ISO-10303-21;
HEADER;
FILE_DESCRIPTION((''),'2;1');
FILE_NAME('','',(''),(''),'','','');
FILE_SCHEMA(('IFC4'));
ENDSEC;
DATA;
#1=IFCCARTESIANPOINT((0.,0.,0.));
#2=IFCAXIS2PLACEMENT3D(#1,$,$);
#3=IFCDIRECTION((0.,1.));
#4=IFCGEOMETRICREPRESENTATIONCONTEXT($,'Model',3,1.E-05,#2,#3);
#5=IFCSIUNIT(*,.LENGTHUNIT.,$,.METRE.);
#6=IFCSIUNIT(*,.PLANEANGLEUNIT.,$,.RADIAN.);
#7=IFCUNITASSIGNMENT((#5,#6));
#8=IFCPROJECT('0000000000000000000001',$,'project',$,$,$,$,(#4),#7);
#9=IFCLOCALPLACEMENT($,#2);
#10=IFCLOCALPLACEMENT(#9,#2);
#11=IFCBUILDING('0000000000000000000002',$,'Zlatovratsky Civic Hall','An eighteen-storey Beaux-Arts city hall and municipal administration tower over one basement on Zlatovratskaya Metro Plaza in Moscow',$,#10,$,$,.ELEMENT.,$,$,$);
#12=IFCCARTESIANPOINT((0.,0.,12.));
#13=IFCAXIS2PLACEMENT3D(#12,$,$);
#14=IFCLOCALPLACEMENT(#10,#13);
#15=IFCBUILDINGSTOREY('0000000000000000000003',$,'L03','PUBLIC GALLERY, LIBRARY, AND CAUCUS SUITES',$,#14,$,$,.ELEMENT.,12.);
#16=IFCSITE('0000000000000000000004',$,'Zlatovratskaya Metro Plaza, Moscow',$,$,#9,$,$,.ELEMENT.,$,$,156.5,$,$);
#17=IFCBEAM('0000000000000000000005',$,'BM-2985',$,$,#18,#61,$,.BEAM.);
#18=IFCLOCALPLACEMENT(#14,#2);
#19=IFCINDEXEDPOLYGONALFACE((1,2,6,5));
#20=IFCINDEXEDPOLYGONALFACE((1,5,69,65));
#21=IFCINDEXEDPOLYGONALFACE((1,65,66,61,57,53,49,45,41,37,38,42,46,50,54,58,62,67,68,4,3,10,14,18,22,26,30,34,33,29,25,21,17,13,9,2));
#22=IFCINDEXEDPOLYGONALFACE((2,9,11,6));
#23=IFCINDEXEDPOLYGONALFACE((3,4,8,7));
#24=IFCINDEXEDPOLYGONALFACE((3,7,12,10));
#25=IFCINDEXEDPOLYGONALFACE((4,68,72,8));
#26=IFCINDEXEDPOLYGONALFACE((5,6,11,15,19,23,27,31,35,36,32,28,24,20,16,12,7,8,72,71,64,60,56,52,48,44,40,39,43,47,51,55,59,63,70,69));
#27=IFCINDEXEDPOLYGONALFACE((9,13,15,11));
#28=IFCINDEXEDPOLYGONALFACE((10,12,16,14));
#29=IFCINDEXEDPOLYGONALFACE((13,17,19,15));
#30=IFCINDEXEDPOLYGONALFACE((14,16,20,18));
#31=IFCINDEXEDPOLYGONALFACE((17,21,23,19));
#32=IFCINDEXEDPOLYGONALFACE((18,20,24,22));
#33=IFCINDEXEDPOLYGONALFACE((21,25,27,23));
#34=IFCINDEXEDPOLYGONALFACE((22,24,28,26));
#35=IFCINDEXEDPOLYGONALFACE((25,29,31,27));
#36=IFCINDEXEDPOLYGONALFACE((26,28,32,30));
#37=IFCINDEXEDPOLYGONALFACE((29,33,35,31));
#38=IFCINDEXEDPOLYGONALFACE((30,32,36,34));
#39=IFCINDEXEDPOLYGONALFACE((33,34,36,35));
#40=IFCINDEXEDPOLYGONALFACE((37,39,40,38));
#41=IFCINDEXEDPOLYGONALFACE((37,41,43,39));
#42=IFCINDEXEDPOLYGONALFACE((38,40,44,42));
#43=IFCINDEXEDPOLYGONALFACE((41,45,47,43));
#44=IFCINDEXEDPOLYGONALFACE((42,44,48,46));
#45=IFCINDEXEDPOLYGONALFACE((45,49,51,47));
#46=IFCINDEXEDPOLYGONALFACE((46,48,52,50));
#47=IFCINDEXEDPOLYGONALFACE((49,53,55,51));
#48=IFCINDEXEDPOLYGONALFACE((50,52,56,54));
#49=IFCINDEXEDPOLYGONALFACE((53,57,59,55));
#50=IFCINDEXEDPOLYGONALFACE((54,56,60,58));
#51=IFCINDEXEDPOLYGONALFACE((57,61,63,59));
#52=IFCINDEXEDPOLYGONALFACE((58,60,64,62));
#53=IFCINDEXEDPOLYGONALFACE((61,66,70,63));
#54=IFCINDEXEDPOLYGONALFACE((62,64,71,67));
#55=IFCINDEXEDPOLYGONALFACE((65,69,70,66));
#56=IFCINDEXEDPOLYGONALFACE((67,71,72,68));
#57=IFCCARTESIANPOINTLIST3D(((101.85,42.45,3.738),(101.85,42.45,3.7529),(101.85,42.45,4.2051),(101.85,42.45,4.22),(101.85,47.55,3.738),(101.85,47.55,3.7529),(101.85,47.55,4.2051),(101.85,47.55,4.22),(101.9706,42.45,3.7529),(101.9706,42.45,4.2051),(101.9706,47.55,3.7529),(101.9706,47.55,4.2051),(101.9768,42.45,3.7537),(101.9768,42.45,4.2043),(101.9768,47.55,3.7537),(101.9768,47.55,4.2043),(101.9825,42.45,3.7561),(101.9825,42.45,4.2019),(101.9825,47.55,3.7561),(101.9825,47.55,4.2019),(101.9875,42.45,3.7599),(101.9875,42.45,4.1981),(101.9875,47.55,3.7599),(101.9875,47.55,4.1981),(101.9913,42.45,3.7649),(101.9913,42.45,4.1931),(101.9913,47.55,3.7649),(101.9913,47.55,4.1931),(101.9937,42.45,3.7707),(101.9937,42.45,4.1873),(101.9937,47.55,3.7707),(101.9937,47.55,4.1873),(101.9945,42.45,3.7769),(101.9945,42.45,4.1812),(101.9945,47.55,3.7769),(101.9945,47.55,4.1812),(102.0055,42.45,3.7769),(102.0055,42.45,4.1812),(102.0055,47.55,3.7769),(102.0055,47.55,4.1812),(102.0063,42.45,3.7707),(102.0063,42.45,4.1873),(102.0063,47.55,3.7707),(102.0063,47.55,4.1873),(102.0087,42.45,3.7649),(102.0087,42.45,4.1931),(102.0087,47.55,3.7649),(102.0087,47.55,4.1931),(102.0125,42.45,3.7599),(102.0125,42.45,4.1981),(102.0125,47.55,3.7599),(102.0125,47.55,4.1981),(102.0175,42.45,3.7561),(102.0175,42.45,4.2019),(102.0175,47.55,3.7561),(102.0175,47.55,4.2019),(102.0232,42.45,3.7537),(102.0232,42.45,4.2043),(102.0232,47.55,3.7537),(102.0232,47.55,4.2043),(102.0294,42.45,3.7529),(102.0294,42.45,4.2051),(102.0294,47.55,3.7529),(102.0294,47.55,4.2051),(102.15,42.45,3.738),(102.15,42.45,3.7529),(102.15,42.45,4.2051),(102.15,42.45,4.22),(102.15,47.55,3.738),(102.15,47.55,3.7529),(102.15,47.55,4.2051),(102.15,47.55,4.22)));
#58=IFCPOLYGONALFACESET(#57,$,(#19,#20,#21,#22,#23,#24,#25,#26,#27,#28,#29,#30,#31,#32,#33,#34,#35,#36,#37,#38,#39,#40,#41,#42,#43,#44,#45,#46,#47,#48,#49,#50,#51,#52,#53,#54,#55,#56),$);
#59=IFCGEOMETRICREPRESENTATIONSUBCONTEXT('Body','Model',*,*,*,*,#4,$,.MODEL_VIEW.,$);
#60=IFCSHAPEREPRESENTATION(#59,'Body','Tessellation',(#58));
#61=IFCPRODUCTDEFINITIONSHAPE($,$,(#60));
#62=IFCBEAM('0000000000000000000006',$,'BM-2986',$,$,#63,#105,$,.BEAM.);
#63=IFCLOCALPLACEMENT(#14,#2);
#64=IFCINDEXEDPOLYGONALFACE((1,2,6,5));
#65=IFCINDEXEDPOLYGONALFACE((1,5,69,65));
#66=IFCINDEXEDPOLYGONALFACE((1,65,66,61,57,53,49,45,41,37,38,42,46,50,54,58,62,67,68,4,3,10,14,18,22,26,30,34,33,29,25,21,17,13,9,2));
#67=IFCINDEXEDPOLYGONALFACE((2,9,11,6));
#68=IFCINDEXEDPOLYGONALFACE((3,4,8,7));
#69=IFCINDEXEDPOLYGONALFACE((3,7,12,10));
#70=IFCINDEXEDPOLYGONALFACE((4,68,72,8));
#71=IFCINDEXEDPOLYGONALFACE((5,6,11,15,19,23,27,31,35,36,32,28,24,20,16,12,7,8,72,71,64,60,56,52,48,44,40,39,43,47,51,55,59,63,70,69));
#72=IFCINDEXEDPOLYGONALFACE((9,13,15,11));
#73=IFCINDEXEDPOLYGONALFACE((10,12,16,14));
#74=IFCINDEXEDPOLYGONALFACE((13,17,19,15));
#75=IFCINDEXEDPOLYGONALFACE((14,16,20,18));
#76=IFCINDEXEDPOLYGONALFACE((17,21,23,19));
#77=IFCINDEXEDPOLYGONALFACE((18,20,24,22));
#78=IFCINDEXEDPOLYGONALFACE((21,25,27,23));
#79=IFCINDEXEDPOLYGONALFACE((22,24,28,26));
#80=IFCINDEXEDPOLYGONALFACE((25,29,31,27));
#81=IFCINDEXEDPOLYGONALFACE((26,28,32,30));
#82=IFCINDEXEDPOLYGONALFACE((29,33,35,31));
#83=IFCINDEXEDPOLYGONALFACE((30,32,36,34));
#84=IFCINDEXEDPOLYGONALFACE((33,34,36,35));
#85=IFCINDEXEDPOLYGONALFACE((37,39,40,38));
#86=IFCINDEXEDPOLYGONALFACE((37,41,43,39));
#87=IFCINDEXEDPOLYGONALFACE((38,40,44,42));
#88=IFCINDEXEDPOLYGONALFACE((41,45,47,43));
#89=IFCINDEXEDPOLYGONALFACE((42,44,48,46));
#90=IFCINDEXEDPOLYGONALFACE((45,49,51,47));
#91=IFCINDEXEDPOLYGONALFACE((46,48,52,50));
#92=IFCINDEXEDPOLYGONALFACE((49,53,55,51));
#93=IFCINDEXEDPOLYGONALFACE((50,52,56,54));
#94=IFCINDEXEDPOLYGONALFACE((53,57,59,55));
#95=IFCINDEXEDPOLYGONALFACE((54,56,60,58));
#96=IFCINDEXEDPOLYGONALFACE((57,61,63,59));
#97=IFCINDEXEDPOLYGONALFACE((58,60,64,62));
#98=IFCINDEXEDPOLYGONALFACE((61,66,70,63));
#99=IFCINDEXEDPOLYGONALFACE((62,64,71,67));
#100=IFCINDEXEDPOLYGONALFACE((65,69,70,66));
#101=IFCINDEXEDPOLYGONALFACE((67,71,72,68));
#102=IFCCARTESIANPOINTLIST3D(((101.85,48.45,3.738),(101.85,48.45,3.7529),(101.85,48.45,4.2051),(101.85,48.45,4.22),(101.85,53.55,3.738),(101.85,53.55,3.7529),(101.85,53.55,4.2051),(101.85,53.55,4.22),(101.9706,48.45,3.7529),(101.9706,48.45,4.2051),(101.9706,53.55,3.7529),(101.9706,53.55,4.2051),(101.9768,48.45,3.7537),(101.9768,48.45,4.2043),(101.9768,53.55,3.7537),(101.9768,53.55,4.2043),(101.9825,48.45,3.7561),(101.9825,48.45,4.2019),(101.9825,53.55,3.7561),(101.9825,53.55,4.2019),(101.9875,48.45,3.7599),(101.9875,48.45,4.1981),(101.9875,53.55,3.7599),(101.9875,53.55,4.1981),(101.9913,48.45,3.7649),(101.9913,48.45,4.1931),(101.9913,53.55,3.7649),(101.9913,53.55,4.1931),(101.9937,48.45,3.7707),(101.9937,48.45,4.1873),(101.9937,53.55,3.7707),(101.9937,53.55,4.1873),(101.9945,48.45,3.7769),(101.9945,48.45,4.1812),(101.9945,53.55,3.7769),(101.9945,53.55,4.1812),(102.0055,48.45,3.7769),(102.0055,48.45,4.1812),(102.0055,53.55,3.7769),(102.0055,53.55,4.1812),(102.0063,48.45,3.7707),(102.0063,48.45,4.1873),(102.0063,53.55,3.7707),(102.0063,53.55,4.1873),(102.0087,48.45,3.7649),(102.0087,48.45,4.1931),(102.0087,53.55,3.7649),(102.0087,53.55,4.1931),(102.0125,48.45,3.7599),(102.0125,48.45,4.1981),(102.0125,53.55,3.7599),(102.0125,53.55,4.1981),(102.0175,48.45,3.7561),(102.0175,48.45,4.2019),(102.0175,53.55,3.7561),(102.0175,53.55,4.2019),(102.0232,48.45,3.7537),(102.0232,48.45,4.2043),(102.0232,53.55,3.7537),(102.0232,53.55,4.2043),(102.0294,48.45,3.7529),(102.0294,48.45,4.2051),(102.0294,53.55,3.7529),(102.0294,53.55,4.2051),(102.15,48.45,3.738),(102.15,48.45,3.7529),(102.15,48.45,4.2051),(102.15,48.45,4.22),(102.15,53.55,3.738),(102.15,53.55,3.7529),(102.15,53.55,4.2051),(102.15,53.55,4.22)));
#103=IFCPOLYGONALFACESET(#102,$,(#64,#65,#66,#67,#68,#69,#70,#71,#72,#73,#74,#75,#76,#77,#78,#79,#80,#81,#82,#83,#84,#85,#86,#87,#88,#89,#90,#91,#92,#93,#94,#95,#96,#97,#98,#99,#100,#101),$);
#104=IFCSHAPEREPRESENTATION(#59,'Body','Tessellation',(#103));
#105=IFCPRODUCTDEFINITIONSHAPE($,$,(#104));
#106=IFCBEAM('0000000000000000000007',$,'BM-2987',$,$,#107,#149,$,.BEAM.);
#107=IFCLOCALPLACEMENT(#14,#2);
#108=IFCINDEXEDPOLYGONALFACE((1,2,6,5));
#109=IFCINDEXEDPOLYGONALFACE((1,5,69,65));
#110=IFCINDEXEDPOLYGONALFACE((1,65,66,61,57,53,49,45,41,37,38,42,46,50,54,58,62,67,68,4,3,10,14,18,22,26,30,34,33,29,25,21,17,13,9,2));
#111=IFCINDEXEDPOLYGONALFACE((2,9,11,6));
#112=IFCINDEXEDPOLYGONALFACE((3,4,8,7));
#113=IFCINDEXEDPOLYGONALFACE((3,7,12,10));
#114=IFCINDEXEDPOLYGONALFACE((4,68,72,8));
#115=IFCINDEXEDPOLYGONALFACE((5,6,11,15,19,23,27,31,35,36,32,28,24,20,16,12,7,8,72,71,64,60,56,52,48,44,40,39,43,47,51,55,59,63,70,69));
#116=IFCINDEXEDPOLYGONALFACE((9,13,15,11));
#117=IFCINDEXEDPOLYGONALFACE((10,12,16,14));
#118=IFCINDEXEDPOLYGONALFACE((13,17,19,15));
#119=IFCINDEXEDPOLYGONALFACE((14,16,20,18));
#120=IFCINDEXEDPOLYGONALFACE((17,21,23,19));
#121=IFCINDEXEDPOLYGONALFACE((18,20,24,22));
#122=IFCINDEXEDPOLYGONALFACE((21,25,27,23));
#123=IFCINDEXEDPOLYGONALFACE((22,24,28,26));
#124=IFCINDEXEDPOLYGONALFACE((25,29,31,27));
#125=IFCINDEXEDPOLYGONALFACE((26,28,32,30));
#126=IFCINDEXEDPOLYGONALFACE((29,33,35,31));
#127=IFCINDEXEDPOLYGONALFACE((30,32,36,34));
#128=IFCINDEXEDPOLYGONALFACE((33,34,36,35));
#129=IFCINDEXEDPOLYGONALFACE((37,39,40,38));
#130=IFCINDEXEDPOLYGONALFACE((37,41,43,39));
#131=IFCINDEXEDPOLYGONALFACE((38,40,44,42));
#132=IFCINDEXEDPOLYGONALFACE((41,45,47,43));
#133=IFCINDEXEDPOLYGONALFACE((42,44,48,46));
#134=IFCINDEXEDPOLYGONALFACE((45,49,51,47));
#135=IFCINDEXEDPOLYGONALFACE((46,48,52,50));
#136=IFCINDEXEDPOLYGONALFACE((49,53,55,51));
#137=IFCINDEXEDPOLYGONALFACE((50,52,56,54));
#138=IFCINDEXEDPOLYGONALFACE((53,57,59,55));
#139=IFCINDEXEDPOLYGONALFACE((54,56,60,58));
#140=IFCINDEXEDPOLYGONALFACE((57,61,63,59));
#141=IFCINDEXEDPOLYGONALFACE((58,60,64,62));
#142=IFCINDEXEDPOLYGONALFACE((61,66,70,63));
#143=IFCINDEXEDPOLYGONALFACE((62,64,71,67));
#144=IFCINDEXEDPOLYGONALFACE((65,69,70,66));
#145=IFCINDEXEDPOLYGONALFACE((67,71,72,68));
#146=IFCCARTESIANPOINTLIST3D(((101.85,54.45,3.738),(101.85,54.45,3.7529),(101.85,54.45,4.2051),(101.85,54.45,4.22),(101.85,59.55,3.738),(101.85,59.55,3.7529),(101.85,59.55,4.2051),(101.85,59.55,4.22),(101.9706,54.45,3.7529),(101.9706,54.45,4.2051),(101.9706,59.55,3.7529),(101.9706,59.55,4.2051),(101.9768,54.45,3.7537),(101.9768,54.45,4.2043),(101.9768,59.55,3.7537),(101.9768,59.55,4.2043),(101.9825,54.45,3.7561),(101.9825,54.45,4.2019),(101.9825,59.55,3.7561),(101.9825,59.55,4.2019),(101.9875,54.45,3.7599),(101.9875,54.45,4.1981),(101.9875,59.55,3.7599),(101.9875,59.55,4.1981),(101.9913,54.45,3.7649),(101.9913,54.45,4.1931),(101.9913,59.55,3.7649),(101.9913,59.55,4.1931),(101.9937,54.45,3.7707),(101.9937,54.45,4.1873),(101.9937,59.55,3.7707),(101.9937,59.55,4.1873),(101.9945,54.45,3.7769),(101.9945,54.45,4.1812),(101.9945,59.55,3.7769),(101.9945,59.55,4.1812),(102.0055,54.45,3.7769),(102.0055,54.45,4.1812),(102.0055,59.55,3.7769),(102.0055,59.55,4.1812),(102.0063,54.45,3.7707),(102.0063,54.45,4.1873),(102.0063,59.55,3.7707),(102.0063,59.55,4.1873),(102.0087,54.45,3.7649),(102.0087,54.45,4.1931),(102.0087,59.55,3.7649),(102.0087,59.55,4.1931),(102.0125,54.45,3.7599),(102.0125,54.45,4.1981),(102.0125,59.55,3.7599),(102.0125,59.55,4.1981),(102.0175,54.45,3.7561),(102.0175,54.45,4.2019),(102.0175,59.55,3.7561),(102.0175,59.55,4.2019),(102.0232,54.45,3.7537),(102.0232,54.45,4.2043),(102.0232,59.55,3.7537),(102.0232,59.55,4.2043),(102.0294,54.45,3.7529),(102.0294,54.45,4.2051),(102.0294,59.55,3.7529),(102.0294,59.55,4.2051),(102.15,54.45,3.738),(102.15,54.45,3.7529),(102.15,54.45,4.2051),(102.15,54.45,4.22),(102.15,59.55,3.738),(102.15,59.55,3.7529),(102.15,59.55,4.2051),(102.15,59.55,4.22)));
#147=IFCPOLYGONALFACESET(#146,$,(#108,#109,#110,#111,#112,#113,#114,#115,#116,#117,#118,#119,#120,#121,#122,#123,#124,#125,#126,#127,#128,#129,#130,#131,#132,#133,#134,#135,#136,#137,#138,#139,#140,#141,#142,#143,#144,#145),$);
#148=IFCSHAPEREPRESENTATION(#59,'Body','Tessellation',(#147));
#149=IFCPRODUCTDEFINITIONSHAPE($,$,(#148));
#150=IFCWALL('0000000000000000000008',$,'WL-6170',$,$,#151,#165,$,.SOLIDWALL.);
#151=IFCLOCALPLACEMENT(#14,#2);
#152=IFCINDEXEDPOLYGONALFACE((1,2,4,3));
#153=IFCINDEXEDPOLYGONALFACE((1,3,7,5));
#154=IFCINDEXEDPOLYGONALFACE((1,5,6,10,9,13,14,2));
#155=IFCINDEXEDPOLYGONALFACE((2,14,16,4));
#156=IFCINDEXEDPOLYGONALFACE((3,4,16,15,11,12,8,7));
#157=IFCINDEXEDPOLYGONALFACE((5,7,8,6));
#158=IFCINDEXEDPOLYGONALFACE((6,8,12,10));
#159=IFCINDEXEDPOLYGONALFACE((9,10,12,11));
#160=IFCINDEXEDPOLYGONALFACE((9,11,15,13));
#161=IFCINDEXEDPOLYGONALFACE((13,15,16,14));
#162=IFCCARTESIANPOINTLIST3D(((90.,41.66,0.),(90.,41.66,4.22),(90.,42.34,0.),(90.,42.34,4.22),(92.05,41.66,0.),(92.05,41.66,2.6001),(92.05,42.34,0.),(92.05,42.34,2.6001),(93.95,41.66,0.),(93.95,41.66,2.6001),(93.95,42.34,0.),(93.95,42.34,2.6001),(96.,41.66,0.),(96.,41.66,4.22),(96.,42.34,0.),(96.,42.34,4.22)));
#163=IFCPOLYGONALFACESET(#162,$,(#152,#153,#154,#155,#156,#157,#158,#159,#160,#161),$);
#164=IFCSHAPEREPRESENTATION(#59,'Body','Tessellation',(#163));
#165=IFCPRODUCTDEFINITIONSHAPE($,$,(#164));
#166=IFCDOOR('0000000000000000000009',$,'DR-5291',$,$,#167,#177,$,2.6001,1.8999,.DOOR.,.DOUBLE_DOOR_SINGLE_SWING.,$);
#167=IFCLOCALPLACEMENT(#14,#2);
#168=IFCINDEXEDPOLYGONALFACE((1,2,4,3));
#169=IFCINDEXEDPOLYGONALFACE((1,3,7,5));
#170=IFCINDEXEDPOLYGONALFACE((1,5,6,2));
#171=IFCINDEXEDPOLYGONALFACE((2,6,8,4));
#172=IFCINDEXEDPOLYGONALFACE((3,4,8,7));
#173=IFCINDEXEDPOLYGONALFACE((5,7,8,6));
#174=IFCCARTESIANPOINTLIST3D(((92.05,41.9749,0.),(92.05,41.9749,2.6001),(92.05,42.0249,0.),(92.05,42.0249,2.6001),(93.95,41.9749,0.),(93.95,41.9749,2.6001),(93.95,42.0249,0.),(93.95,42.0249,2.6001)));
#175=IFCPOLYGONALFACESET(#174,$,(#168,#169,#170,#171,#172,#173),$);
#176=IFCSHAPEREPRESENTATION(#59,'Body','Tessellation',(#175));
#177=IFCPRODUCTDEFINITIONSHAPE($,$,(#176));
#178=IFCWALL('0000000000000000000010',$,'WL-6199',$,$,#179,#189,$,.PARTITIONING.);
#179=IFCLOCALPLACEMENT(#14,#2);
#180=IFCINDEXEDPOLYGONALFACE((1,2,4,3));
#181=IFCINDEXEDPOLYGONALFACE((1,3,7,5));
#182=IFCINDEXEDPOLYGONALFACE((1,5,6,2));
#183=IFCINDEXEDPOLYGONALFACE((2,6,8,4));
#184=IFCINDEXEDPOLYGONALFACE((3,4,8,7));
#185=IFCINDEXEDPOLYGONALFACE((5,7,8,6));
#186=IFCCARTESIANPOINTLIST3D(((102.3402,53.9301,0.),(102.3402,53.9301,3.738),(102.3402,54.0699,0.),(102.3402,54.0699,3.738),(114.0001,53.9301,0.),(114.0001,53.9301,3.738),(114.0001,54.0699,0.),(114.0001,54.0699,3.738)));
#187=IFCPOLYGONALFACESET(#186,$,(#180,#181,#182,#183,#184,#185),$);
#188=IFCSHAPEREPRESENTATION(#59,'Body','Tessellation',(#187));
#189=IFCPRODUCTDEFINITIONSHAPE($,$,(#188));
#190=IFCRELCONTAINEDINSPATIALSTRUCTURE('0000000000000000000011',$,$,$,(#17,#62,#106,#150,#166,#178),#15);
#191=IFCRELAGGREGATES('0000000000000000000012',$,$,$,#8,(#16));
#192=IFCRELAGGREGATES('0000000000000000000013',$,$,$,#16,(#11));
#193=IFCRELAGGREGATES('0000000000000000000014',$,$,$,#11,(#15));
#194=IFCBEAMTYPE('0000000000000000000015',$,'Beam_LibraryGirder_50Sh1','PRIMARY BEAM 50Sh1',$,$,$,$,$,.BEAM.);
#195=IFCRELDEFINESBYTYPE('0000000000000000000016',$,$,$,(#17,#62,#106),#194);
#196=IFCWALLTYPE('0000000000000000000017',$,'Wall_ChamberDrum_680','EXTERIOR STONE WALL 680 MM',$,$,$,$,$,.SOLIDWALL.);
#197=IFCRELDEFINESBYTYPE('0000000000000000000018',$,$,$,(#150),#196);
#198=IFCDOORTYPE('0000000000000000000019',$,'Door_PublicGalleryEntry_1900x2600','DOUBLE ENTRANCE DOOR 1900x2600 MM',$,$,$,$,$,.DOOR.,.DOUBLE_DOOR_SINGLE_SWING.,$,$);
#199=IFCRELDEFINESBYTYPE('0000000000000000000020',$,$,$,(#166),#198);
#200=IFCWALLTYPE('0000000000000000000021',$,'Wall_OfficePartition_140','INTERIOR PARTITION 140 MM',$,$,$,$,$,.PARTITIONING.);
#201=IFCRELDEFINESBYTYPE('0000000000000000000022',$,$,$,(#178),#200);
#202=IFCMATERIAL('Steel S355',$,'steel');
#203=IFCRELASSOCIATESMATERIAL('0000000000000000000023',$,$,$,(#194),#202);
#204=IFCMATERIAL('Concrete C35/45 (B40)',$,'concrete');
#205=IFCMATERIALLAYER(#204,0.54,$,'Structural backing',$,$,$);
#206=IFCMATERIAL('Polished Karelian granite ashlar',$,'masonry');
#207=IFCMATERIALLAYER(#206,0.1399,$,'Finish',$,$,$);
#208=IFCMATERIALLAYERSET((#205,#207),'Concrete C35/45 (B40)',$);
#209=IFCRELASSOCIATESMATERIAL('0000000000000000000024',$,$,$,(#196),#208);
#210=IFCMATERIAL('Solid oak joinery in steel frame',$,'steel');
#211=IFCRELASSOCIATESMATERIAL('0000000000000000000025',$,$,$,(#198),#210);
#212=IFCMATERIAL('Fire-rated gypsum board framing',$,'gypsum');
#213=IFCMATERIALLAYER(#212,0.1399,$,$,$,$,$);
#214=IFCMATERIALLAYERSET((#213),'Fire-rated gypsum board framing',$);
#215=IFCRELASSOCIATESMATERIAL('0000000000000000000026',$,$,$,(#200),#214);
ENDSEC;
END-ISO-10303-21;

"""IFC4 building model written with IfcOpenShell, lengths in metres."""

from ifc_helpers import new_model, si_unit, direction, frame, frame_2d, origin, origin_2d, place, context, subcontext, project, spatial, rectangle, i_section, extrude, material, layer, layer_set, material_profile, profile_set, type_object, element, fill, save


model = new_model("IFC4")

# Units and contexts
model_context = context("Model", 3, precision=1e-05, world=origin(), true_north=direction((0.0, 1.0)))
body_context = subcontext(model_context, "Body", "Model", "MODEL_VIEW")
ifc_project = project(units=[si_unit("LENGTHUNIT", "METRE"), si_unit("PLANEANGLEUNIT", "RADIAN")], contexts=[model_context])

# Site, building, storey
site_placement = place(None, origin())
site = spatial("IfcSite", under=ifc_project, at=site_placement, Name="Zlatovratskaya Metro Plaza, Moscow", CompositionType="ELEMENT", RefElevation=156.5)
building_placement = place(site_placement, origin())
building = spatial("IfcBuilding", under=site, at=building_placement, Name="Zlatovratsky Civic Hall", Description="An eighteen-storey Beaux-Arts city hall and municipal administration tower over one basement on Zlatovratskaya Metro Plaza in Moscow", CompositionType="ELEMENT")
storey_placement = place(building_placement, frame((0.0, 0.0, 12.0)))
storey = spatial("IfcBuildingStorey", under=building, at=storey_placement, Name="L03", Description="PUBLIC GALLERY, LIBRARY, AND CAUCUS SUITES", CompositionType="ELEMENT", Elevation=12.0)

# Shared definitions
ifc_material_1 = material(Name="Concrete C35/45 (B40)", Category="concrete")
ifc_material_2 = material(Name="Steel S355", Category="steel")

# Beams
ifc_material_profile_1 = material_profile(ifc_material_2, i_section(OverallWidth=0.3, OverallDepth=0.4819, WebThickness=0.011, FlangeThickness=0.0149, FilletRadius=0.0239, at=origin_2d()), Name="50Sh1")
ifc_profile_set_1 = profile_set([ifc_material_profile_1], Name="Steel S355")
beam_type = type_object("IfcBeamType", Name="Beam_LibraryGirder_50Sh1", Description="PRIMARY BEAM 50Sh1", PredefinedType="BEAM", material=ifc_profile_set_1)
for number, where, z_axis, x_axis, name in (
    (1, (102.0, 42.45, 3.979), (0.0, 1.0, 0.0), (-1.0, 0.0, 0.0), "BM-2985"),
    (2, (102.0, 48.45, 3.979), (0.0, 1.0, 0.0), (-1.0, 0.0, 0.0), "BM-2986"),
    (3, (102.0, 54.45, 3.979), (0.0, 1.0, 0.0), (-1.0, 0.0, 0.0), "BM-2987"),
):
    element("IfcBeam", number, at=place(storey_placement, frame(where, z_axis=z_axis, x_axis=x_axis)), inside=storey, type_object=beam_type, Name=name, PredefinedType="BEAM", context=body_context, shape_type="SweptSolid", body=[
        extrude(i_section(OverallWidth=0.3, OverallDepth=0.4819, WebThickness=0.011, FlangeThickness=0.0149, FilletRadius=0.0239, at=origin_2d()), origin(), (0.0, 0.0, 1.0), 5.1001),
    ])

# Wall, opening, door
ifc_layer_1 = layer(ifc_material_1, 0.54, Name="Structural backing")
ifc_material_3 = material(Name="Polished Karelian granite ashlar", Category="masonry")
ifc_layer_2 = layer(ifc_material_3, 0.1399, Name="Finish")
ifc_layer_set_1 = layer_set([ifc_layer_1, ifc_layer_2], Name="Concrete C35/45 (B40)")
wall_type_1 = type_object("IfcWallType", Name="Wall_ChamberDrum_680", Description="EXTERIOR STONE WALL 680 MM", PredefinedType="SOLIDWALL", material=ifc_layer_set_1)
wall_placement = place(storey_placement, frame((90.0, 42.0, 0.0), z_axis=(0.0, 0.0, 1.0), x_axis=(1.0, 0.0, 0.0)))
wall = element("IfcWall", 4, at=wall_placement, inside=storey, type_object=wall_type_1, Name="WL-6170", PredefinedType="SOLIDWALL", context=body_context, shape_type="SweptSolid", body=[
    extrude(rectangle(XDim=6.0, YDim=0.6799, at=frame_2d((3.0, 0.0))), origin(), (0.0, 0.0, 1.0), 4.22),
])
opening_placement = place(wall_placement, frame((2.05, 0.0, 0.0)))
opening = element("IfcOpeningElement", 5, at=opening_placement, cuts=wall, PredefinedType="OPENING", context=body_context, shape_type="SweptSolid", body=[
    extrude(rectangle(XDim=1.8999, YDim=2.6001, at=frame_2d((0.95, 1.3))), frame((0.0, 0.355, 0.0), z_axis=(0.0, -1.0, 0.0), x_axis=(1.0, 0.0, 0.0)), (0.0, 0.0, 1.0), 0.7097),
])
ifc_material_4 = material(Name="Solid oak joinery in steel frame", Category="steel")
door_type = type_object("IfcDoorType", Name="Door_PublicGalleryEntry_1900x2600", Description="DOUBLE ENTRANCE DOOR 1900x2600 MM", OperationType="DOUBLE_DOOR_SINGLE_SWING", PredefinedType="DOOR", material=ifc_material_4)
door_placement = place(opening_placement, origin())
door = element("IfcDoor", 6, at=door_placement, inside=storey, type_object=door_type, Name="DR-5291", OperationType="DOUBLE_DOOR_SINGLE_SWING", OverallHeight=2.6001, OverallWidth=1.8999, PredefinedType="DOOR", context=body_context, shape_type="SweptSolid", body=[
    extrude(rectangle(XDim=1.8999, YDim=2.6001, at=frame_2d((0.95, 1.3))), frame((0.0, 0.0249, 0.0), z_axis=(0.0, -1.0, 0.0), x_axis=(1.0, 0.0, 0.0)), (0.0, 0.0, 1.0), 0.05),
])
fill(opening, door)

# Wall
ifc_material_5 = material(Name="Fire-rated gypsum board framing", Category="gypsum")
ifc_layer_3 = layer(ifc_material_5, 0.1399)
ifc_layer_set_2 = layer_set([ifc_layer_3], Name="Fire-rated gypsum board framing")
wall_type_2 = type_object("IfcWallType", Name="Wall_OfficePartition_140", Description="INTERIOR PARTITION 140 MM", PredefinedType="PARTITIONING", material=ifc_layer_set_2)
for number, where, z_axis, x_axis, name in (
    (7, (102.3401, 54.0, 0.0), (0.0, 0.0, 1.0), (1.0, 0.0, 0.0), "WL-6199"),
):
    element("IfcWall", number, at=place(storey_placement, frame(where, z_axis=z_axis, x_axis=x_axis)), inside=storey, type_object=wall_type_2, Name=name, PredefinedType="PARTITIONING", context=body_context, shape_type="SweptSolid", body=[
        extrude(rectangle(XDim=11.6599, YDim=0.1399, at=frame_2d((5.8301, 0.0))), origin(), (0.0, 0.0, 1.0), 3.738),
    ])

save(model, "model.ifc")
